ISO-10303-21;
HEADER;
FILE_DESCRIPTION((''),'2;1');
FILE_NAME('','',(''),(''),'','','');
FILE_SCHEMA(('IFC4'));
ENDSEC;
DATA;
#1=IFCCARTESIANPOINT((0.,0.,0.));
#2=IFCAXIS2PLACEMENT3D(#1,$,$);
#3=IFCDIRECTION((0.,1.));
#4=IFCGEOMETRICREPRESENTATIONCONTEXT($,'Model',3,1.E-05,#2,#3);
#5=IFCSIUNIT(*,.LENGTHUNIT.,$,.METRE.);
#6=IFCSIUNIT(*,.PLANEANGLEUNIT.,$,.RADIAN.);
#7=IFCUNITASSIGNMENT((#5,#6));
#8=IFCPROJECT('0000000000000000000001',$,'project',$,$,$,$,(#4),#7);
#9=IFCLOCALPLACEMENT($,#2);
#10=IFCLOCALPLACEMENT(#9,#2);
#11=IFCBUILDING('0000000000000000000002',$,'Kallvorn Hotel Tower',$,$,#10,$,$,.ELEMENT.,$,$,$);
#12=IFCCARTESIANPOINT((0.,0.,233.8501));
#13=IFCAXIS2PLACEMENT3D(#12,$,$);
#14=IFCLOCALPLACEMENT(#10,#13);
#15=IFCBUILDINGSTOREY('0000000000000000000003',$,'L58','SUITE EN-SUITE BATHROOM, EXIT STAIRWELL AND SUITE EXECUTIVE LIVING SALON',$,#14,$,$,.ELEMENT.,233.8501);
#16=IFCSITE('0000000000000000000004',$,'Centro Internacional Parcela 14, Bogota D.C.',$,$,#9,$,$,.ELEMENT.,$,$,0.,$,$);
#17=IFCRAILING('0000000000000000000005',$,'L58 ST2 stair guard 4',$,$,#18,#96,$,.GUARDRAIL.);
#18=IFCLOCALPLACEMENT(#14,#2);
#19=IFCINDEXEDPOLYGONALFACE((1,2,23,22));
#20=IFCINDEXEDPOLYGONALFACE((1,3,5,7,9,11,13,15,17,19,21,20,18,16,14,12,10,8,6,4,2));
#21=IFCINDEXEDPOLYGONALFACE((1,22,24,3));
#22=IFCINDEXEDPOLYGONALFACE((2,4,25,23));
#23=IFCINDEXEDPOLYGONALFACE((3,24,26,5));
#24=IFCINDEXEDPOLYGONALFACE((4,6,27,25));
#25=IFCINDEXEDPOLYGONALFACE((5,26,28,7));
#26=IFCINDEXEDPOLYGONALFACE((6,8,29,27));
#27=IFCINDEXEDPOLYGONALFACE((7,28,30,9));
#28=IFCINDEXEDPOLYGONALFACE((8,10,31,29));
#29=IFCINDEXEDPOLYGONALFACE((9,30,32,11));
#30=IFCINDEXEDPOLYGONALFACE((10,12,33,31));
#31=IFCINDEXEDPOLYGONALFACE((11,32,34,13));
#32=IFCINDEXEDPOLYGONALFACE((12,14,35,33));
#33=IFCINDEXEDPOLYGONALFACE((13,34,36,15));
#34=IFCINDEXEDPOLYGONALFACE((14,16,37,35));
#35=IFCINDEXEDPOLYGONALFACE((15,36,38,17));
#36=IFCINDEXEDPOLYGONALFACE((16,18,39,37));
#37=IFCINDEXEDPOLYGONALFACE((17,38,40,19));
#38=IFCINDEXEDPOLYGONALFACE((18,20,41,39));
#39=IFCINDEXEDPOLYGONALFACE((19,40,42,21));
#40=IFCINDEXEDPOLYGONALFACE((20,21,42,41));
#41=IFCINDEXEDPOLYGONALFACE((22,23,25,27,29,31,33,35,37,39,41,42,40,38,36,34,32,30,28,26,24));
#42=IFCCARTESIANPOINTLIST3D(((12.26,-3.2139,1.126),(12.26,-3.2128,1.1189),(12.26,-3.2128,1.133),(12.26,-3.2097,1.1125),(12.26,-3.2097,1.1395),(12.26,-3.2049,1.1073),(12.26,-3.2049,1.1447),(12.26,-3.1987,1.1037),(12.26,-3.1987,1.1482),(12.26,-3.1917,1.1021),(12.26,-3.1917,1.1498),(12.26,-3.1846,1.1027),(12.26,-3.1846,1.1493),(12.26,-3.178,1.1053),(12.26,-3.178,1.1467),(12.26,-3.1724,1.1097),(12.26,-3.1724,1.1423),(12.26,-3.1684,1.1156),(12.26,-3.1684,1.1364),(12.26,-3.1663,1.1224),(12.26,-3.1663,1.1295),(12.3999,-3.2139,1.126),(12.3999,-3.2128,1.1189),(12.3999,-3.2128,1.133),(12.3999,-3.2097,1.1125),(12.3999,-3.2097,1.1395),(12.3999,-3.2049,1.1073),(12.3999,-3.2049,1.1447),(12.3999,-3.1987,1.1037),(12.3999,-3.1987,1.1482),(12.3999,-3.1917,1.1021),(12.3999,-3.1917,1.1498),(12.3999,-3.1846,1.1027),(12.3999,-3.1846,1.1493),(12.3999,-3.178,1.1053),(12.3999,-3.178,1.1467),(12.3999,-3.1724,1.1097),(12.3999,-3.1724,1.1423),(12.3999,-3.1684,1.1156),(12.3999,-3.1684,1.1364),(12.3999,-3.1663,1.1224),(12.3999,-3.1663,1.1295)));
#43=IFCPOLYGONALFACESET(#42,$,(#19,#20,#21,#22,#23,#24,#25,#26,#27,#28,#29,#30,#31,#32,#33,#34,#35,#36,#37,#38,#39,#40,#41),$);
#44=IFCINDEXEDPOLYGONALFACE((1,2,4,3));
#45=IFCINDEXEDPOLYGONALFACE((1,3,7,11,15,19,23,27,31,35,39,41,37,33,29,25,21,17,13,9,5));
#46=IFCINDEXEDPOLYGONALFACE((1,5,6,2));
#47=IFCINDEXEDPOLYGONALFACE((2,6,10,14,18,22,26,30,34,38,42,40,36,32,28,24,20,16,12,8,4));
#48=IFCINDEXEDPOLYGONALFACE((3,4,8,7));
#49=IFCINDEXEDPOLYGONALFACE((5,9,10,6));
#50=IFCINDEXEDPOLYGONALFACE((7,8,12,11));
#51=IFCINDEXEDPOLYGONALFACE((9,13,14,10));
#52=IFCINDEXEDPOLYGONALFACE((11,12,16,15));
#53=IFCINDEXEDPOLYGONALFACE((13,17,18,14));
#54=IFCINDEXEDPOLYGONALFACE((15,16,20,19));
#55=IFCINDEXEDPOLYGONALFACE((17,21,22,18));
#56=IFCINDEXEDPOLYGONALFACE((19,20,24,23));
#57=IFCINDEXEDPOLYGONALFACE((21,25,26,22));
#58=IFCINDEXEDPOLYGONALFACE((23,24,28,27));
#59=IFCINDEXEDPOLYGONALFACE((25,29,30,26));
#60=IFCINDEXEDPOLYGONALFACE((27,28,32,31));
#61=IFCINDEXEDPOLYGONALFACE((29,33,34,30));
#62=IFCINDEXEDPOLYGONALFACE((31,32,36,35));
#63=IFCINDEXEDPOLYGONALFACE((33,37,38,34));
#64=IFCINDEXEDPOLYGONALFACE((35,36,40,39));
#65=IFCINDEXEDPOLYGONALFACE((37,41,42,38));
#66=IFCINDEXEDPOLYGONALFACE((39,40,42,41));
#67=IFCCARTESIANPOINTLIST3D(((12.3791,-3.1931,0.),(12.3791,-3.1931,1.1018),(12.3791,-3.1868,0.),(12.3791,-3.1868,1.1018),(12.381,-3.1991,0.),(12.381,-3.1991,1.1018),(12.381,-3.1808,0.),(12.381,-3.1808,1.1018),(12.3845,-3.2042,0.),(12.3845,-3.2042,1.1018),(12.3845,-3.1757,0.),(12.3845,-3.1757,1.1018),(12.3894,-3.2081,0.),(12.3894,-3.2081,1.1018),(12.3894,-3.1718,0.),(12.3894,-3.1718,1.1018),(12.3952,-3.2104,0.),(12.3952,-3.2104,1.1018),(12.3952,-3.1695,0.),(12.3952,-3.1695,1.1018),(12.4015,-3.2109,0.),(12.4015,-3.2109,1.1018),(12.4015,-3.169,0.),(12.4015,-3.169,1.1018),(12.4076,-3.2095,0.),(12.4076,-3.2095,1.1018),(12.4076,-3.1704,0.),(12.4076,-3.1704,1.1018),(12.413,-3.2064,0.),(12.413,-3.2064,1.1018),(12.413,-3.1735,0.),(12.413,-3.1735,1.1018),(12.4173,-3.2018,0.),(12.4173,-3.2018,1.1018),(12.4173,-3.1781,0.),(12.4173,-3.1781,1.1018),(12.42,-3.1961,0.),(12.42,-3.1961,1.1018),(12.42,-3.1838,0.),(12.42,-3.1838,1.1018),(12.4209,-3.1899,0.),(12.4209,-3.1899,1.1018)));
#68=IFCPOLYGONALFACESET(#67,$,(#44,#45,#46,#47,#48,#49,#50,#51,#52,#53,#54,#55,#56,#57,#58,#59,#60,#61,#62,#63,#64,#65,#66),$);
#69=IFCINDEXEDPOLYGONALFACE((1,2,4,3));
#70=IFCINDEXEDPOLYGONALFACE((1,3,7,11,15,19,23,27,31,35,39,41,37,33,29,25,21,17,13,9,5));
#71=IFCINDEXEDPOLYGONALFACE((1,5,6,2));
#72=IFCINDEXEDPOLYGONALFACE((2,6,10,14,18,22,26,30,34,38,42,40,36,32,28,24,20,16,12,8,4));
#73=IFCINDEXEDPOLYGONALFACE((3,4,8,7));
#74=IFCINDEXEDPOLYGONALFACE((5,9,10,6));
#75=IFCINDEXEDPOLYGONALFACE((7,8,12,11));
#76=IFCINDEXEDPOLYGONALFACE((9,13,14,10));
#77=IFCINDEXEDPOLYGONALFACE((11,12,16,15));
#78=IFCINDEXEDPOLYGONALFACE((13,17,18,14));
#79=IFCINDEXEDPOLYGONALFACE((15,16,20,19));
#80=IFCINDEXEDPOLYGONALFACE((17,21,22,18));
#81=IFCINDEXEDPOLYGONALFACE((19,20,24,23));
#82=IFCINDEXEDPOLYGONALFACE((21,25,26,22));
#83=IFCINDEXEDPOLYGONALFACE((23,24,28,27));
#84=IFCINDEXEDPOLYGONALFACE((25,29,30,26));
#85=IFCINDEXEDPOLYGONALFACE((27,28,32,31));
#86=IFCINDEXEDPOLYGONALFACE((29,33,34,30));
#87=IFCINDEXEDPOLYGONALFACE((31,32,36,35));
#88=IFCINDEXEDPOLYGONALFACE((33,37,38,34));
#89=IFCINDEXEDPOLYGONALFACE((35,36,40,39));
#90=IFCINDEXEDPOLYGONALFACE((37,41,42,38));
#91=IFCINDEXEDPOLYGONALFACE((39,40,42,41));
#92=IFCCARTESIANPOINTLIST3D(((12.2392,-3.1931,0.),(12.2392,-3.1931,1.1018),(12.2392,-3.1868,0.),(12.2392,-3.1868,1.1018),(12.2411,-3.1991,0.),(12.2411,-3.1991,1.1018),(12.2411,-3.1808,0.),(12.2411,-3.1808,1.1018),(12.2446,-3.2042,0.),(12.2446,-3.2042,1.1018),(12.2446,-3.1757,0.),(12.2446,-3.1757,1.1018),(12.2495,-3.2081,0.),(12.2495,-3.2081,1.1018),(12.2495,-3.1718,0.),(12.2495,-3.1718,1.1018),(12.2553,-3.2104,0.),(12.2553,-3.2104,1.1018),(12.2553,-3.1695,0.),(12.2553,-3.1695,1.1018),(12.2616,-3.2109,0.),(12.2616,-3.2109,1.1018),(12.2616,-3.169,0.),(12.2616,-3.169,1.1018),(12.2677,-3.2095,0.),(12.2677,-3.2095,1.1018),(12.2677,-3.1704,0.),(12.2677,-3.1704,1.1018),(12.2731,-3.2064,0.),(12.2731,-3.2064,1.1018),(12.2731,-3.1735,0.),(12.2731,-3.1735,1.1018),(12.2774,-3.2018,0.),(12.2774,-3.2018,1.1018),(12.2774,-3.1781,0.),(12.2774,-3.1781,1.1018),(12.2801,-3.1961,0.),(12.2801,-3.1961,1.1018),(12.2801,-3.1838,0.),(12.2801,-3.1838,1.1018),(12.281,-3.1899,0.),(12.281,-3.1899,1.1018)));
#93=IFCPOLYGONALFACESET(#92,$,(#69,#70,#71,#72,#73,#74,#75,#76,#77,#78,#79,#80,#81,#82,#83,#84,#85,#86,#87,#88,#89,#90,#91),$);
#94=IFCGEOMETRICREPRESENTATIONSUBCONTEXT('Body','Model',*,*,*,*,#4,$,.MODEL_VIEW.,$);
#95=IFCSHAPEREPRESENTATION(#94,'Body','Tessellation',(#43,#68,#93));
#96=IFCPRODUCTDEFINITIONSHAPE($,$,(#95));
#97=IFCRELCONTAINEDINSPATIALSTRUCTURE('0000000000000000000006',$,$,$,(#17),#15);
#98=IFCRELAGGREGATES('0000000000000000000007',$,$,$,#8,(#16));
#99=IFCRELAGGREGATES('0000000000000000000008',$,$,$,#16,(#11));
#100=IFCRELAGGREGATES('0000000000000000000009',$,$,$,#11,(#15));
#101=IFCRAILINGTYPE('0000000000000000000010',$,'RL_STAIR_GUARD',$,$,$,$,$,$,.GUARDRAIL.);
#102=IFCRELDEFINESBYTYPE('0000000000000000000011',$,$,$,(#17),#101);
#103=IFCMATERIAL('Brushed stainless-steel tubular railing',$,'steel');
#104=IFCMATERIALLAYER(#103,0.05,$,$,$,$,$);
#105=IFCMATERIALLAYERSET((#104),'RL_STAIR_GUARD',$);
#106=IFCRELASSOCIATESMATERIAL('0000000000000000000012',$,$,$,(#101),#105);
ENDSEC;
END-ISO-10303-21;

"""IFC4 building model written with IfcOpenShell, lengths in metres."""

from ifc_helpers import new_model, si_unit, direction, frame, origin, origin_2d, place, context, subcontext, project, spatial, circle, extrude, material, layer, layer_set, type_object, element, save


model = new_model("IFC4")

# Units and contexts
model_context = context("Model", 3, precision=1e-05, world=origin(), true_north=direction((0.0, 1.0)))
body_context = subcontext(model_context, "Body", "Model", "MODEL_VIEW")
ifc_project = project(units=[si_unit("LENGTHUNIT", "METRE"), si_unit("PLANEANGLEUNIT", "RADIAN")], contexts=[model_context])

# Site, building, storey
site_placement = place(None, origin())
site = spatial("IfcSite", under=ifc_project, at=site_placement, Name="Centro Internacional Parcela 14, Bogota D.C.", CompositionType="ELEMENT", RefElevation=0.0)
building_placement = place(site_placement, origin())
building = spatial("IfcBuilding", under=site, at=building_placement, Name="Kallvorn Hotel Tower", CompositionType="ELEMENT")
storey_placement = place(building_placement, frame((0.0, 0.0, 233.8501)))
storey = spatial("IfcBuildingStorey", under=building, at=storey_placement, Name="L58", Description="SUITE EN-SUITE BATHROOM, EXIT STAIRWELL AND SUITE EXECUTIVE LIVING SALON", CompositionType="ELEMENT", Elevation=233.8501)

# Railing
ifc_material_1 = material(Name="Brushed stainless-steel tubular railing", Category="steel")
ifc_layer_1 = layer(ifc_material_1, 0.05)
ifc_layer_set_1 = layer_set([ifc_layer_1], Name="RL_STAIR_GUARD")
railing_type_1 = type_object("IfcRailingType", Name="RL_STAIR_GUARD", PredefinedType="GUARDRAIL", material=ifc_layer_set_1)
railing_1_placement = place(storey_placement, frame((12.3999, -3.1899, 0.0)))
element("IfcRailing", 1, at=railing_1_placement, inside=storey, type_object=railing_type_1, Name="L58 ST2 stair guard 4", PredefinedType="GUARDRAIL", context=body_context, shape_type="SweptSolid", body=[
    extrude(circle(Radius=0.0239, at=origin_2d()), frame((0.0, 0.0, 1.126), z_axis=(-1.0, 0.0, 0.0), x_axis=(0.0, -1.0, 0.0)), (0.0, 0.0, 1.0), 0.1399),
    extrude(circle(Radius=0.021, at=origin_2d()), origin(), (0.0, 0.0, 1.0), 1.1018),
    extrude(circle(Radius=0.021, at=origin_2d()), frame((-0.1399, 0.0, 0.0)), (0.0, 0.0, 1.0), 1.1018),
])

save(model, "model.ifc")
